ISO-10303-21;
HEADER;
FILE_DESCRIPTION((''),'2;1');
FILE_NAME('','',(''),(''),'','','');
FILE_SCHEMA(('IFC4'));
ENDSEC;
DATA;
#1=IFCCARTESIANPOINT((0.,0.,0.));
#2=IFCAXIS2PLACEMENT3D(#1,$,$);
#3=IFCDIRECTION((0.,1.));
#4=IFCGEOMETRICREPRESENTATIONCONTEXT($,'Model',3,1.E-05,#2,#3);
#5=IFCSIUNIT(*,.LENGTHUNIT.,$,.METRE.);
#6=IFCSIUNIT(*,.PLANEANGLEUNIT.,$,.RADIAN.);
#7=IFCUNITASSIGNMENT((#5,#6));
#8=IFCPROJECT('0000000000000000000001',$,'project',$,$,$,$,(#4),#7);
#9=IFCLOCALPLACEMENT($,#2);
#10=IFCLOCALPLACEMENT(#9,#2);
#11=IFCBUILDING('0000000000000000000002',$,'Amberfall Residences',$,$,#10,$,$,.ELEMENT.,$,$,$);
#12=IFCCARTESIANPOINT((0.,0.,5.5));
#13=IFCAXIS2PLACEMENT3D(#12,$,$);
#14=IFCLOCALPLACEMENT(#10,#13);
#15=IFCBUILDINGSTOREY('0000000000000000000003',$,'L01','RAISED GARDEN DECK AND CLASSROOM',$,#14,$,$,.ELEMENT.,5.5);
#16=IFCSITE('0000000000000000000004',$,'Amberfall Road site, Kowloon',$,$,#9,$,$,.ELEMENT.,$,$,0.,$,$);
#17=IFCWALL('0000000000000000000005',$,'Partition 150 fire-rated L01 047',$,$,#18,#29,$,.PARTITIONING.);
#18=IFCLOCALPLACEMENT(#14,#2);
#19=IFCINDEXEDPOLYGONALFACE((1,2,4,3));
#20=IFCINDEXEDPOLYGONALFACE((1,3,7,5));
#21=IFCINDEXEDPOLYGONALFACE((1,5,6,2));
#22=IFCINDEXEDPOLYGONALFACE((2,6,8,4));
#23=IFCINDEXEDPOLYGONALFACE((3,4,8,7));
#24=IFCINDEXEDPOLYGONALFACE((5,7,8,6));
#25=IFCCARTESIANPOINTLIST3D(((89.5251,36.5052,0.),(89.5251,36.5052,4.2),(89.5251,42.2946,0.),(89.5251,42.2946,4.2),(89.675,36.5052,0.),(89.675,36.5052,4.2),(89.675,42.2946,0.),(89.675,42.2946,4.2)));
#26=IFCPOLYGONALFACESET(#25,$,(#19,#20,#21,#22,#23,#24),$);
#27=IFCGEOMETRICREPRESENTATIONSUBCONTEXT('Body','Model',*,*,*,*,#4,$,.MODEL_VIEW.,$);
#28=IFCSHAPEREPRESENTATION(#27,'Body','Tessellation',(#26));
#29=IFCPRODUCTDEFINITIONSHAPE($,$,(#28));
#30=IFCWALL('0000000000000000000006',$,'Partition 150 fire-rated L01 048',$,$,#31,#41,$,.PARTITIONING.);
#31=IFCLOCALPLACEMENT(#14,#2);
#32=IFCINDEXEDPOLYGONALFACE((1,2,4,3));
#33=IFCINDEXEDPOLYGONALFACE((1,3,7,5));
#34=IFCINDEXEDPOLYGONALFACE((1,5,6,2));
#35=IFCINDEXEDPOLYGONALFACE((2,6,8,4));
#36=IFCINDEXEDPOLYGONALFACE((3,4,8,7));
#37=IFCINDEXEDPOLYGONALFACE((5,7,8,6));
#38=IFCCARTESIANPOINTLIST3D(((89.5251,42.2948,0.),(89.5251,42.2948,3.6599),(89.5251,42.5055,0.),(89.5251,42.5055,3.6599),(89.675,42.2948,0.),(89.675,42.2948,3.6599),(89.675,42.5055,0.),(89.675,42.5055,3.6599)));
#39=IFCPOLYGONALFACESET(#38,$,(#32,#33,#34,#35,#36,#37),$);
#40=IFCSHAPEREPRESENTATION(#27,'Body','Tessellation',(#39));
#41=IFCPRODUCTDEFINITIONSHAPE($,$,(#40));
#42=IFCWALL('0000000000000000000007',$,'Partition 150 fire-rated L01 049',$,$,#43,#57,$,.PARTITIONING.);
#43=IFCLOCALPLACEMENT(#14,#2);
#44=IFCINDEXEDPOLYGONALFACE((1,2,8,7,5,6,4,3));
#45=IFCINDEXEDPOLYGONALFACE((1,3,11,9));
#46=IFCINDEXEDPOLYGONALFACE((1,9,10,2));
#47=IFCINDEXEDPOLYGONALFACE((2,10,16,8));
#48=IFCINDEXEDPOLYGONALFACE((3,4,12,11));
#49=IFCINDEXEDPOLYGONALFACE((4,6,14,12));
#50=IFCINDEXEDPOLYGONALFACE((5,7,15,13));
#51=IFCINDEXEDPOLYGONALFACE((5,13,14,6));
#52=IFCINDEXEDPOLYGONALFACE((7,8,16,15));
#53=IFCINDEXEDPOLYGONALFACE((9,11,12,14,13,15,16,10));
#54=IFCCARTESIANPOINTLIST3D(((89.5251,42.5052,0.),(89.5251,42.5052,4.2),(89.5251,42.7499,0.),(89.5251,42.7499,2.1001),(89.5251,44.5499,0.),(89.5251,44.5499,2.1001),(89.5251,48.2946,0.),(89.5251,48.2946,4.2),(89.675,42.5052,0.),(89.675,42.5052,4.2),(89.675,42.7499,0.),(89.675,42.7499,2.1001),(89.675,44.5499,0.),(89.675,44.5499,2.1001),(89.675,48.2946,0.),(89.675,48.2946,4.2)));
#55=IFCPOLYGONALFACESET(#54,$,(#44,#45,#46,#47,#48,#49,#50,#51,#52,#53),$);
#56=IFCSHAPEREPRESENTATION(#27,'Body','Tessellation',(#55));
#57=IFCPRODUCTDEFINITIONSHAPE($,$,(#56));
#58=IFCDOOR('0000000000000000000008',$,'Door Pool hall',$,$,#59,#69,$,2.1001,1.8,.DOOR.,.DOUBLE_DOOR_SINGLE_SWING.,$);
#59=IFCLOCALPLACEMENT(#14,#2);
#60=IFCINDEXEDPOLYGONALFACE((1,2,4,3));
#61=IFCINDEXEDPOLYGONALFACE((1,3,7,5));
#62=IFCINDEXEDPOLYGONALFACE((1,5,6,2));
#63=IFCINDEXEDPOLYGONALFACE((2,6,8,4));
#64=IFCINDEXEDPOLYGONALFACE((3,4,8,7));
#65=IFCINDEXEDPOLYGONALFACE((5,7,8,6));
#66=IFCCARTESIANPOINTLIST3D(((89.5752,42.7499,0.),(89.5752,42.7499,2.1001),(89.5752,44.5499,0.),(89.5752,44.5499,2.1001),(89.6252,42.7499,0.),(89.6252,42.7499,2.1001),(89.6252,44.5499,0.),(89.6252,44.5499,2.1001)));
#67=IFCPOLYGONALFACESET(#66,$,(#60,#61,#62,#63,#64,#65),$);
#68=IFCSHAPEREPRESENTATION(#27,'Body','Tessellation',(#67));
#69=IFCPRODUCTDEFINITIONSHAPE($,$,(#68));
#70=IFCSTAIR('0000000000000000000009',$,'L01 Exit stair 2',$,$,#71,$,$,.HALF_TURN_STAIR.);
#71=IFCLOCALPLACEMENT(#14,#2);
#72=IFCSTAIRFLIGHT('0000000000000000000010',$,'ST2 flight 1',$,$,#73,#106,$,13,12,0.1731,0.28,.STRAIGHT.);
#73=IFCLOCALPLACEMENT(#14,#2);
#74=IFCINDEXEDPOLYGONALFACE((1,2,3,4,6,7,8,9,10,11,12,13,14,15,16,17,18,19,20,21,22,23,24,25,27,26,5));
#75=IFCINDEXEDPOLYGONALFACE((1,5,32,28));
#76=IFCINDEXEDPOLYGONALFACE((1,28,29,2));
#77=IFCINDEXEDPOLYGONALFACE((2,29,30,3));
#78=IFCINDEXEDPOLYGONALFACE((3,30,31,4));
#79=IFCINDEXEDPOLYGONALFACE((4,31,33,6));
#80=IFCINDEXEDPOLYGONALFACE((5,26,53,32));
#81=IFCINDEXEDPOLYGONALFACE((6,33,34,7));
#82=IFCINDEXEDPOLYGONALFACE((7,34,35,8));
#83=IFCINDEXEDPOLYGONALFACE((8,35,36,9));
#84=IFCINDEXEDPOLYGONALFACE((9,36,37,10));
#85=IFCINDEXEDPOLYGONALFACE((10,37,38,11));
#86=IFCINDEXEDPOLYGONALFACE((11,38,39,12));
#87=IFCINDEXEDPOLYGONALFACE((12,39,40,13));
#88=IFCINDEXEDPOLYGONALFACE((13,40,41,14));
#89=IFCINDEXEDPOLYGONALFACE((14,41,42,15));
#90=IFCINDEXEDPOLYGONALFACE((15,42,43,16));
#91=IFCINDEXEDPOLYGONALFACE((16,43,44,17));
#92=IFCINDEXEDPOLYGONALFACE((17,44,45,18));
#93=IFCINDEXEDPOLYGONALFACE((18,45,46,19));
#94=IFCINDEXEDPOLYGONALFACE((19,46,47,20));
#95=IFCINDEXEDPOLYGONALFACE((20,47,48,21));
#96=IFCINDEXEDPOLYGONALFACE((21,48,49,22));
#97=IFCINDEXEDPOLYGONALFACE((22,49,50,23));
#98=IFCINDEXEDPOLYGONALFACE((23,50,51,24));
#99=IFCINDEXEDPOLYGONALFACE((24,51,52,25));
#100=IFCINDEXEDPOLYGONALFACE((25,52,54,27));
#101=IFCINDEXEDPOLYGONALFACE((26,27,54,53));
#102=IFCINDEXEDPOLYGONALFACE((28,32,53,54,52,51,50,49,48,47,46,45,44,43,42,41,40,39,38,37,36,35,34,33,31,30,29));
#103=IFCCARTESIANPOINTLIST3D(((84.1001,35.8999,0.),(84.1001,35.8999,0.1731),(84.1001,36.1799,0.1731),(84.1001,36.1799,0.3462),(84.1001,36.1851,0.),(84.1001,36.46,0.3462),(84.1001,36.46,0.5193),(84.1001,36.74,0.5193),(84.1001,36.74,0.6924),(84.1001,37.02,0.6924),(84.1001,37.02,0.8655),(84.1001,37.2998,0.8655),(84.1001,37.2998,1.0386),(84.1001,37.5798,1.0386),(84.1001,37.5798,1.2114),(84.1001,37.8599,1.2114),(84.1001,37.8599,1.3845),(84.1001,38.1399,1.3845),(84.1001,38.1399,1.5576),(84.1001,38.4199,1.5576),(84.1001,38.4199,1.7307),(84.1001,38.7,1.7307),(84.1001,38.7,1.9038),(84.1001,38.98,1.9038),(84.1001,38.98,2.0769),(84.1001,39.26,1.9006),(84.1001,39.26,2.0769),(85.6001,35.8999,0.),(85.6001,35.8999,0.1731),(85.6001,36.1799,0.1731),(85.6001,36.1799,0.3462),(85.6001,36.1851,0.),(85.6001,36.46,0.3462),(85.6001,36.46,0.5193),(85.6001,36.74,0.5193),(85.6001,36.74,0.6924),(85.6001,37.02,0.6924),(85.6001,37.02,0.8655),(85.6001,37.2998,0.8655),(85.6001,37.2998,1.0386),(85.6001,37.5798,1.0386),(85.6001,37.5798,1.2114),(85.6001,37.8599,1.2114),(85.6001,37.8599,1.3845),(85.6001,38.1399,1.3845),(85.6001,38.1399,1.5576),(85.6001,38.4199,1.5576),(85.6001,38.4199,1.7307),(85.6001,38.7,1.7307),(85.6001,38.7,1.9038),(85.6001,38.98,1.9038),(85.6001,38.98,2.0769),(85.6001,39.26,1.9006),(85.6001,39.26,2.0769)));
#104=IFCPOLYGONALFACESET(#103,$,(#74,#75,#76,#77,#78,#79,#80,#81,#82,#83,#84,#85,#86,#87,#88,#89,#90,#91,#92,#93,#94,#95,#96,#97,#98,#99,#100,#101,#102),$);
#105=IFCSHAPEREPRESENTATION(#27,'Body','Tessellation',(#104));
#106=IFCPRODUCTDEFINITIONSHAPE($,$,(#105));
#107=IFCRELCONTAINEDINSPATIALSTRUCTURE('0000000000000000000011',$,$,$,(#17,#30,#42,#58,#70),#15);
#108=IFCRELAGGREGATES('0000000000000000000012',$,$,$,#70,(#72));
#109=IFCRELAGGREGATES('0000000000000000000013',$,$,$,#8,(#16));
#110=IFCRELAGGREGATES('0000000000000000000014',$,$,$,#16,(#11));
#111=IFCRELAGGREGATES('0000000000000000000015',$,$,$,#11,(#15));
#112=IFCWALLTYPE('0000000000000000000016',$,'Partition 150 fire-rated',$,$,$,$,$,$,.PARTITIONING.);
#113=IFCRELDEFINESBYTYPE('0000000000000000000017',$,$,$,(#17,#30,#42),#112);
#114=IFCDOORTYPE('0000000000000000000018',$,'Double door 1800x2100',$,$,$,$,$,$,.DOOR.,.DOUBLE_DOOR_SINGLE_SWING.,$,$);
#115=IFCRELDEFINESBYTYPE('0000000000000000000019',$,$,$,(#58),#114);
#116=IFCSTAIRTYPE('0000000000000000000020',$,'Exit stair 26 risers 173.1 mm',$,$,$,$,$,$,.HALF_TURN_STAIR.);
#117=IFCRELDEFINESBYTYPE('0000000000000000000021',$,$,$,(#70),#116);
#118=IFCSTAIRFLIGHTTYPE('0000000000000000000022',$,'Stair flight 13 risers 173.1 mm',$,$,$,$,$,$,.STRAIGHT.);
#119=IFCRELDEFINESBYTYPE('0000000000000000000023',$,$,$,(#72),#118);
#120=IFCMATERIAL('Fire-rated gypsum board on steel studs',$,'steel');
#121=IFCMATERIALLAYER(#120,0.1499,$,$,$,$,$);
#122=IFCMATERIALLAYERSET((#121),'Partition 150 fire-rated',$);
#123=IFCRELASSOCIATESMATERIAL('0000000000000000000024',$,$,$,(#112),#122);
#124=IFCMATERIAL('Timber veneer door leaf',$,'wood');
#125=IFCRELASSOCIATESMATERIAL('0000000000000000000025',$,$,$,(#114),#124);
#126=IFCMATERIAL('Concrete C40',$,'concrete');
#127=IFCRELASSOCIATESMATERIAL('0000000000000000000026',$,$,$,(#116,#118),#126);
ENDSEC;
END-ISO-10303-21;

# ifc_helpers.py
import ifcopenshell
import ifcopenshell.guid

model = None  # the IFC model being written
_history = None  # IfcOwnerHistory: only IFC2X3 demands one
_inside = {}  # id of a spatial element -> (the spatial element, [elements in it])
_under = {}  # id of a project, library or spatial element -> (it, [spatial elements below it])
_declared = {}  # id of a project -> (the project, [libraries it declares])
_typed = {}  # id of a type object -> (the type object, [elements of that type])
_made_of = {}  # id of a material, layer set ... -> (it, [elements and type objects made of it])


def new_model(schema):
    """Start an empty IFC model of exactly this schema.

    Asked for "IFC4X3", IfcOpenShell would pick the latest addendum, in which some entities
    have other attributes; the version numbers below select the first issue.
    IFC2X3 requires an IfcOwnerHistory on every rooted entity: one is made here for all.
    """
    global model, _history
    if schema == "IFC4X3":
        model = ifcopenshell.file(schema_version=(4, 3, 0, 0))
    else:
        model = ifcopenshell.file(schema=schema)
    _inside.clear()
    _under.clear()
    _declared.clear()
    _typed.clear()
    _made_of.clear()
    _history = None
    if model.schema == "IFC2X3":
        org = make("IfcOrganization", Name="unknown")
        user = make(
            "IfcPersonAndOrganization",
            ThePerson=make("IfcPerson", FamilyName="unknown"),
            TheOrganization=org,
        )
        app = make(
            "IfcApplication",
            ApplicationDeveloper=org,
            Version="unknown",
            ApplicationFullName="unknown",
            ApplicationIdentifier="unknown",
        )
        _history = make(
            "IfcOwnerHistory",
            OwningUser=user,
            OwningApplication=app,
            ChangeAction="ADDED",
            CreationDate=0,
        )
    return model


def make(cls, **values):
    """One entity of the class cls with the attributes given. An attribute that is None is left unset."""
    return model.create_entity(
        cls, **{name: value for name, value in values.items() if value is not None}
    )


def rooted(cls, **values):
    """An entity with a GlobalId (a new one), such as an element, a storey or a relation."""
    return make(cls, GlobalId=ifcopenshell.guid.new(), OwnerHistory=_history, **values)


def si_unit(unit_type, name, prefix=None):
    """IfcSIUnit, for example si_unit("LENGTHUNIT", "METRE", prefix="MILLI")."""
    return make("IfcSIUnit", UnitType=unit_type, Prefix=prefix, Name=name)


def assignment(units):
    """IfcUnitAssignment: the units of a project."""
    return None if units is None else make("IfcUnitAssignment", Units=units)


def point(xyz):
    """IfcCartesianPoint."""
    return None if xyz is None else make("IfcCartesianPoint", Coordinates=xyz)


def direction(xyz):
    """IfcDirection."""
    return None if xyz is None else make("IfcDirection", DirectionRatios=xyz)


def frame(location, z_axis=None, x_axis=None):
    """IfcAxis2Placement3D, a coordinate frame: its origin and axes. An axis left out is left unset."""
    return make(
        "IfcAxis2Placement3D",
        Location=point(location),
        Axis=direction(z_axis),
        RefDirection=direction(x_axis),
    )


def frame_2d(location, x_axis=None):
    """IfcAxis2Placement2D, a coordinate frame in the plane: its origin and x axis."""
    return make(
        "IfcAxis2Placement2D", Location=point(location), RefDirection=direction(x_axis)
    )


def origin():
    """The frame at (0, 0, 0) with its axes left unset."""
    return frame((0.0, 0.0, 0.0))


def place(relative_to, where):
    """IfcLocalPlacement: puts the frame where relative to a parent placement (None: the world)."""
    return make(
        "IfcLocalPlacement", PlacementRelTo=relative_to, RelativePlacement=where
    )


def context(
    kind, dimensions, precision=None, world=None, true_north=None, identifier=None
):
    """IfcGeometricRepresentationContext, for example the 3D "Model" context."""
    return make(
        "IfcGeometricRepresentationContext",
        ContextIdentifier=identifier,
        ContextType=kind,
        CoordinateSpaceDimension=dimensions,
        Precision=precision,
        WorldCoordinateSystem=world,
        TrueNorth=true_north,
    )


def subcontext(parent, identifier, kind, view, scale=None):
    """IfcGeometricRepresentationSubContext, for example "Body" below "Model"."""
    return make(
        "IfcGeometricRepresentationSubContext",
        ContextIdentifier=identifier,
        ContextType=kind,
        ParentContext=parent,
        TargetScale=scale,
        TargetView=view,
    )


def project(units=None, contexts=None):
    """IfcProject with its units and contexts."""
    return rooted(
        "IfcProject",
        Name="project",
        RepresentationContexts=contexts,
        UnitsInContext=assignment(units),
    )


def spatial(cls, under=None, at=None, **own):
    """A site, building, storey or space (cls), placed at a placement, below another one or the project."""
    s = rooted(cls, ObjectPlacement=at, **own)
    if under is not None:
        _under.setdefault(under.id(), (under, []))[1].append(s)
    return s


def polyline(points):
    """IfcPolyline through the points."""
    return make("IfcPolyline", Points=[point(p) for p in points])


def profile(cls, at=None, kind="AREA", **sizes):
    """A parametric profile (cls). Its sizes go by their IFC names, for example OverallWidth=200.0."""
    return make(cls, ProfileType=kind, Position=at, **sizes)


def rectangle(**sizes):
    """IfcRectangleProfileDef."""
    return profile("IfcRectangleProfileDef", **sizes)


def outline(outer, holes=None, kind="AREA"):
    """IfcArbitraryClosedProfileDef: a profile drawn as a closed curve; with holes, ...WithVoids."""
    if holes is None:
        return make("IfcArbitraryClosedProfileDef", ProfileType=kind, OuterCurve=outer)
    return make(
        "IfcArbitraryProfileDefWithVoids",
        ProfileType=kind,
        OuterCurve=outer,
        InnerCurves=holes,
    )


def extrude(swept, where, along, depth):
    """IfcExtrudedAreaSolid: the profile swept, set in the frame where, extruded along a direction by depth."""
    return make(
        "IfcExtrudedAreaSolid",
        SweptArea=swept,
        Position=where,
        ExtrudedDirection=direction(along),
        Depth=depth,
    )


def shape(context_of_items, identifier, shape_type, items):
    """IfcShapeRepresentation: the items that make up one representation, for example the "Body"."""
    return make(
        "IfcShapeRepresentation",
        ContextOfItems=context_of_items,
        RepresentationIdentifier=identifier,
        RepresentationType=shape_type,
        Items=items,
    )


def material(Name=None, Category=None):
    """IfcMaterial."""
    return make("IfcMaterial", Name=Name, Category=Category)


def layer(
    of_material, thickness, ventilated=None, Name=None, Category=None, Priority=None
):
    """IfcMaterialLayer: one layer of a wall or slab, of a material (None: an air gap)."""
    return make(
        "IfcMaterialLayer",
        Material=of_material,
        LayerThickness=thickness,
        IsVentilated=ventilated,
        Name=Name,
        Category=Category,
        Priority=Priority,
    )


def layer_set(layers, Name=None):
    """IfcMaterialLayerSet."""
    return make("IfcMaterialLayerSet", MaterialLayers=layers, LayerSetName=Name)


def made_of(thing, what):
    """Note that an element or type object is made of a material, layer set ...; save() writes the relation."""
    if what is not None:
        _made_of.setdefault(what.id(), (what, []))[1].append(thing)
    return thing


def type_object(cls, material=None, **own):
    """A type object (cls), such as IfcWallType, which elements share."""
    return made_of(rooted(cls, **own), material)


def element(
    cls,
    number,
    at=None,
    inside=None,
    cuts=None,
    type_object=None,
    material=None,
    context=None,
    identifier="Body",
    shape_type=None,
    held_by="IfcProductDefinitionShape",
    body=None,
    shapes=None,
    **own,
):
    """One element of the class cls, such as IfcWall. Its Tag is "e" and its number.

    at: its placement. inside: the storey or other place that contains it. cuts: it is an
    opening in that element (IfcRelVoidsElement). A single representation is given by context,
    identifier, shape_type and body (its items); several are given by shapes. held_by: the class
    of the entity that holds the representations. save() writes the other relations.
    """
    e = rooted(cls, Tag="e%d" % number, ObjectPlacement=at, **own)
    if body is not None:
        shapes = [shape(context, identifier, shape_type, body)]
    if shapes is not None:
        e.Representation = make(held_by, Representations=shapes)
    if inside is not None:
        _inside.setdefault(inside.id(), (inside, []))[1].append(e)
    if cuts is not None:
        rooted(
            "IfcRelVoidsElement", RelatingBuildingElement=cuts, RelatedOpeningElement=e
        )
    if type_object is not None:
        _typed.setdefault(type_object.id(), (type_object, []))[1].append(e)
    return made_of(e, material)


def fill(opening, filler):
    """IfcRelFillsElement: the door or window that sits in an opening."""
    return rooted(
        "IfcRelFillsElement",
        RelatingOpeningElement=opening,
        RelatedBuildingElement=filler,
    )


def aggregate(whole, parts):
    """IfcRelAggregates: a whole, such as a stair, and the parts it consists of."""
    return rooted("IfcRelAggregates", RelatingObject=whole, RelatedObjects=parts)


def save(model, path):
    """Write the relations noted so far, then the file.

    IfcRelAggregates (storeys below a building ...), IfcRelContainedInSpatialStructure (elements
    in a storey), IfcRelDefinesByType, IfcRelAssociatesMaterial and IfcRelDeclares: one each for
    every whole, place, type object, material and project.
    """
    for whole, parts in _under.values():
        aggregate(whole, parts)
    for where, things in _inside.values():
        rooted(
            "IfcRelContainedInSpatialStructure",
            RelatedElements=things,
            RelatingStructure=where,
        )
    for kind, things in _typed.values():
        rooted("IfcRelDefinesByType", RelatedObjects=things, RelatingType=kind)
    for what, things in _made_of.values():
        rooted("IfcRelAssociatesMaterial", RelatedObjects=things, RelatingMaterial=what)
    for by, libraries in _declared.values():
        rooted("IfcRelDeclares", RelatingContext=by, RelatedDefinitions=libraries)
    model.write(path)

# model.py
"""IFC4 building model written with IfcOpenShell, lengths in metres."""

from ifc_helpers import new_model, si_unit, direction, frame, frame_2d, origin, place, context, subcontext, project, spatial, polyline, rectangle, outline, extrude, material, layer, layer_set, type_object, element, fill, aggregate, save


model = new_model("IFC4")

# Units and contexts
model_context = context("Model", 3, precision=1e-05, world=origin(), true_north=direction((0.0, 1.0)))
body_context = subcontext(model_context, "Body", "Model", "MODEL_VIEW")
ifc_project = project(units=[si_unit("LENGTHUNIT", "METRE"), si_unit("PLANEANGLEUNIT", "RADIAN")], contexts=[model_context])

# Site, building, storey
site_placement = place(None, origin())
site = spatial("IfcSite", under=ifc_project, at=site_placement, Name="Amberfall Road site, Kowloon", CompositionType="ELEMENT", RefElevation=0.0)
building_placement = place(site_placement, origin())
building = spatial("IfcBuilding", under=site, at=building_placement, Name="Amberfall Residences", CompositionType="ELEMENT")
storey_placement = place(building_placement, frame((0.0, 0.0, 5.5)))
storey = spatial("IfcBuildingStorey", under=building, at=storey_placement, Name="L01", Description="RAISED GARDEN DECK AND CLASSROOM", CompositionType="ELEMENT", Elevation=5.5)

# Shared definitions
ifc_material_1 = material(Name="Fire-rated gypsum board on steel studs", Category="steel")
ifc_layer_1 = layer(ifc_material_1, 0.1499)
ifc_layer_set_1 = layer_set([ifc_layer_1], Name="Partition 150 fire-rated")
wall_type_1 = type_object("IfcWallType", Name="Partition 150 fire-rated", PredefinedType="PARTITIONING", material=ifc_layer_set_1)

# Shared definitions
ifc_material_2 = material(Name="Timber veneer door leaf", Category="wood")
door_type_1 = type_object("IfcDoorType", Name="Double door 1800x2100", OperationType="DOUBLE_DOOR_SINGLE_SWING", PredefinedType="DOOR", material=ifc_material_2)

# Walls
wall_1_placement = place(storey_placement, frame((89.6001, 36.5054, 0.0), z_axis=(0.0, 0.0, 1.0), x_axis=(0.0, 1.0, 0.0)))
element("IfcWall", 1, at=wall_1_placement, inside=storey, type_object=wall_type_1, Name="Partition 150 fire-rated L01 047", PredefinedType="PARTITIONING", context=body_context, shape_type="SweptSolid", body=[
    extrude(rectangle(XDim=5.7893, YDim=0.1499, at=frame_2d((2.8945, 0.0))), origin(), (0.0, 0.0, 1.0), 4.2),
])
wall_2_placement = place(storey_placement, frame((89.6001, 42.2947, 0.0), z_axis=(0.0, 0.0, 1.0), x_axis=(0.0, 1.0, 0.0)))
element("IfcWall", 2, at=wall_2_placement, inside=storey, type_object=wall_type_1, Name="Partition 150 fire-rated L01 048", PredefinedType="PARTITIONING", context=body_context, shape_type="SweptSolid", body=[
    extrude(rectangle(XDim=0.2107, YDim=0.1499, at=frame_2d((0.1055, 0.0))), origin(), (0.0, 0.0, 1.0), 3.6599),
])

# Wall, opening, door
wall_3_placement = place(storey_placement, frame((89.6001, 42.5054, 0.0), z_axis=(0.0, 0.0, 1.0), x_axis=(0.0, 1.0, 0.0)))
wall_3 = element("IfcWall", 3, at=wall_3_placement, inside=storey, type_object=wall_type_1, Name="Partition 150 fire-rated L01 049", PredefinedType="PARTITIONING", context=body_context, shape_type="SweptSolid", body=[
    extrude(rectangle(XDim=5.7893, YDim=0.1499, at=frame_2d((2.8945, 0.0))), origin(), (0.0, 0.0, 1.0), 4.2),
])
opening_1_placement = place(wall_3_placement, frame((0.2446, 0.0, 0.0)))
opening_1 = element("IfcOpeningElement", 4, at=opening_1_placement, cuts=wall_3, PredefinedType="OPENING", context=body_context, shape_type="SweptSolid", body=[
    extrude(rectangle(XDim=1.8, YDim=2.1001, at=frame_2d((0.8999, 1.05))), frame((0.0, 0.085, 0.0), z_axis=(0.0, -1.0, 0.0), x_axis=(1.0, 0.0, 0.0)), (0.0, 0.0, 1.0), 0.1699),
])
door_1_placement = place(opening_1_placement, origin())
door_1 = element("IfcDoor", 5, at=door_1_placement, inside=storey, type_object=door_type_1, Name="Door Pool hall", OperationType="DOUBLE_DOOR_SINGLE_SWING", OverallHeight=2.1001, OverallWidth=1.8, PredefinedType="DOOR", context=body_context, shape_type="SweptSolid", body=[
    extrude(rectangle(XDim=1.8, YDim=2.1001, at=frame_2d((0.8999, 1.05))), frame((0.0, 0.0249, 0.0), z_axis=(0.0, -1.0, 0.0), x_axis=(1.0, 0.0, 0.0)), (0.0, 0.0, 1.0), 0.05),
])
fill(opening_1, door_1)

# Stair, stair flight
ifc_material_3 = material(Name="Concrete C40", Category="concrete")
stair_type = type_object("IfcStairType", Name="Exit stair 26 risers 173.1 mm", PredefinedType="HALF_TURN_STAIR", material=ifc_material_3)
stair_placement = place(storey_placement, origin())
stair = element("IfcStair", 6, at=stair_placement, inside=storey, type_object=stair_type, Name="L01 Exit stair 2", PredefinedType="HALF_TURN_STAIR")
stair_flight_type = type_object("IfcStairFlightType", Name="Stair flight 13 risers 173.1 mm", PredefinedType="STRAIGHT", material=ifc_material_3)
stair_flight_placement = place(storey_placement, frame((84.8501, 35.8999, 0.0), z_axis=(0.0, 0.0, 1.0), x_axis=(0.0, 1.0, 0.0)))
stair_flight = element("IfcStairFlight", 7, at=stair_flight_placement, type_object=stair_flight_type, Name="ST2 flight 1", NumberOfRisers=13, NumberOfTreads=12, PredefinedType="STRAIGHT", RiserHeight=0.1731, TreadLength=0.28, context=body_context, shape_type="SweptSolid", body=[
    extrude(outline(polyline([(0.0, 0.0), (0.0, 0.1731), (0.28, 0.1731), (0.28, 0.3462), (0.5601, 0.3462), (0.5601, 0.5193), (0.8401, 0.5193), (0.8401, 0.6924), (1.1201, 0.6924), (1.1201, 0.8655), (1.3999, 0.8655), (1.3999, 1.0386), (1.6799, 1.0386), (1.6799, 1.2114), (1.96, 1.2114), (1.96, 1.3845), (2.24, 1.3845), (2.24, 1.5576), (2.52, 1.5576), (2.52, 1.7307), (2.8, 1.7307), (2.8, 1.9038), (3.0801, 1.9038), (3.0801, 2.0769), (3.3601, 2.0769), (3.3601, 2.25), (3.3601, 1.9006), (0.2852, 0.0), (0.0, 0.0)])), frame((0.0, 0.75, 0.0), z_axis=(0.0, -1.0, 0.0), x_axis=(1.0, 0.0, 0.0)), (0.0, 0.0, 1.0), 1.5),
])
aggregate(stair, [stair_flight])

save(model, "model.ifc")
